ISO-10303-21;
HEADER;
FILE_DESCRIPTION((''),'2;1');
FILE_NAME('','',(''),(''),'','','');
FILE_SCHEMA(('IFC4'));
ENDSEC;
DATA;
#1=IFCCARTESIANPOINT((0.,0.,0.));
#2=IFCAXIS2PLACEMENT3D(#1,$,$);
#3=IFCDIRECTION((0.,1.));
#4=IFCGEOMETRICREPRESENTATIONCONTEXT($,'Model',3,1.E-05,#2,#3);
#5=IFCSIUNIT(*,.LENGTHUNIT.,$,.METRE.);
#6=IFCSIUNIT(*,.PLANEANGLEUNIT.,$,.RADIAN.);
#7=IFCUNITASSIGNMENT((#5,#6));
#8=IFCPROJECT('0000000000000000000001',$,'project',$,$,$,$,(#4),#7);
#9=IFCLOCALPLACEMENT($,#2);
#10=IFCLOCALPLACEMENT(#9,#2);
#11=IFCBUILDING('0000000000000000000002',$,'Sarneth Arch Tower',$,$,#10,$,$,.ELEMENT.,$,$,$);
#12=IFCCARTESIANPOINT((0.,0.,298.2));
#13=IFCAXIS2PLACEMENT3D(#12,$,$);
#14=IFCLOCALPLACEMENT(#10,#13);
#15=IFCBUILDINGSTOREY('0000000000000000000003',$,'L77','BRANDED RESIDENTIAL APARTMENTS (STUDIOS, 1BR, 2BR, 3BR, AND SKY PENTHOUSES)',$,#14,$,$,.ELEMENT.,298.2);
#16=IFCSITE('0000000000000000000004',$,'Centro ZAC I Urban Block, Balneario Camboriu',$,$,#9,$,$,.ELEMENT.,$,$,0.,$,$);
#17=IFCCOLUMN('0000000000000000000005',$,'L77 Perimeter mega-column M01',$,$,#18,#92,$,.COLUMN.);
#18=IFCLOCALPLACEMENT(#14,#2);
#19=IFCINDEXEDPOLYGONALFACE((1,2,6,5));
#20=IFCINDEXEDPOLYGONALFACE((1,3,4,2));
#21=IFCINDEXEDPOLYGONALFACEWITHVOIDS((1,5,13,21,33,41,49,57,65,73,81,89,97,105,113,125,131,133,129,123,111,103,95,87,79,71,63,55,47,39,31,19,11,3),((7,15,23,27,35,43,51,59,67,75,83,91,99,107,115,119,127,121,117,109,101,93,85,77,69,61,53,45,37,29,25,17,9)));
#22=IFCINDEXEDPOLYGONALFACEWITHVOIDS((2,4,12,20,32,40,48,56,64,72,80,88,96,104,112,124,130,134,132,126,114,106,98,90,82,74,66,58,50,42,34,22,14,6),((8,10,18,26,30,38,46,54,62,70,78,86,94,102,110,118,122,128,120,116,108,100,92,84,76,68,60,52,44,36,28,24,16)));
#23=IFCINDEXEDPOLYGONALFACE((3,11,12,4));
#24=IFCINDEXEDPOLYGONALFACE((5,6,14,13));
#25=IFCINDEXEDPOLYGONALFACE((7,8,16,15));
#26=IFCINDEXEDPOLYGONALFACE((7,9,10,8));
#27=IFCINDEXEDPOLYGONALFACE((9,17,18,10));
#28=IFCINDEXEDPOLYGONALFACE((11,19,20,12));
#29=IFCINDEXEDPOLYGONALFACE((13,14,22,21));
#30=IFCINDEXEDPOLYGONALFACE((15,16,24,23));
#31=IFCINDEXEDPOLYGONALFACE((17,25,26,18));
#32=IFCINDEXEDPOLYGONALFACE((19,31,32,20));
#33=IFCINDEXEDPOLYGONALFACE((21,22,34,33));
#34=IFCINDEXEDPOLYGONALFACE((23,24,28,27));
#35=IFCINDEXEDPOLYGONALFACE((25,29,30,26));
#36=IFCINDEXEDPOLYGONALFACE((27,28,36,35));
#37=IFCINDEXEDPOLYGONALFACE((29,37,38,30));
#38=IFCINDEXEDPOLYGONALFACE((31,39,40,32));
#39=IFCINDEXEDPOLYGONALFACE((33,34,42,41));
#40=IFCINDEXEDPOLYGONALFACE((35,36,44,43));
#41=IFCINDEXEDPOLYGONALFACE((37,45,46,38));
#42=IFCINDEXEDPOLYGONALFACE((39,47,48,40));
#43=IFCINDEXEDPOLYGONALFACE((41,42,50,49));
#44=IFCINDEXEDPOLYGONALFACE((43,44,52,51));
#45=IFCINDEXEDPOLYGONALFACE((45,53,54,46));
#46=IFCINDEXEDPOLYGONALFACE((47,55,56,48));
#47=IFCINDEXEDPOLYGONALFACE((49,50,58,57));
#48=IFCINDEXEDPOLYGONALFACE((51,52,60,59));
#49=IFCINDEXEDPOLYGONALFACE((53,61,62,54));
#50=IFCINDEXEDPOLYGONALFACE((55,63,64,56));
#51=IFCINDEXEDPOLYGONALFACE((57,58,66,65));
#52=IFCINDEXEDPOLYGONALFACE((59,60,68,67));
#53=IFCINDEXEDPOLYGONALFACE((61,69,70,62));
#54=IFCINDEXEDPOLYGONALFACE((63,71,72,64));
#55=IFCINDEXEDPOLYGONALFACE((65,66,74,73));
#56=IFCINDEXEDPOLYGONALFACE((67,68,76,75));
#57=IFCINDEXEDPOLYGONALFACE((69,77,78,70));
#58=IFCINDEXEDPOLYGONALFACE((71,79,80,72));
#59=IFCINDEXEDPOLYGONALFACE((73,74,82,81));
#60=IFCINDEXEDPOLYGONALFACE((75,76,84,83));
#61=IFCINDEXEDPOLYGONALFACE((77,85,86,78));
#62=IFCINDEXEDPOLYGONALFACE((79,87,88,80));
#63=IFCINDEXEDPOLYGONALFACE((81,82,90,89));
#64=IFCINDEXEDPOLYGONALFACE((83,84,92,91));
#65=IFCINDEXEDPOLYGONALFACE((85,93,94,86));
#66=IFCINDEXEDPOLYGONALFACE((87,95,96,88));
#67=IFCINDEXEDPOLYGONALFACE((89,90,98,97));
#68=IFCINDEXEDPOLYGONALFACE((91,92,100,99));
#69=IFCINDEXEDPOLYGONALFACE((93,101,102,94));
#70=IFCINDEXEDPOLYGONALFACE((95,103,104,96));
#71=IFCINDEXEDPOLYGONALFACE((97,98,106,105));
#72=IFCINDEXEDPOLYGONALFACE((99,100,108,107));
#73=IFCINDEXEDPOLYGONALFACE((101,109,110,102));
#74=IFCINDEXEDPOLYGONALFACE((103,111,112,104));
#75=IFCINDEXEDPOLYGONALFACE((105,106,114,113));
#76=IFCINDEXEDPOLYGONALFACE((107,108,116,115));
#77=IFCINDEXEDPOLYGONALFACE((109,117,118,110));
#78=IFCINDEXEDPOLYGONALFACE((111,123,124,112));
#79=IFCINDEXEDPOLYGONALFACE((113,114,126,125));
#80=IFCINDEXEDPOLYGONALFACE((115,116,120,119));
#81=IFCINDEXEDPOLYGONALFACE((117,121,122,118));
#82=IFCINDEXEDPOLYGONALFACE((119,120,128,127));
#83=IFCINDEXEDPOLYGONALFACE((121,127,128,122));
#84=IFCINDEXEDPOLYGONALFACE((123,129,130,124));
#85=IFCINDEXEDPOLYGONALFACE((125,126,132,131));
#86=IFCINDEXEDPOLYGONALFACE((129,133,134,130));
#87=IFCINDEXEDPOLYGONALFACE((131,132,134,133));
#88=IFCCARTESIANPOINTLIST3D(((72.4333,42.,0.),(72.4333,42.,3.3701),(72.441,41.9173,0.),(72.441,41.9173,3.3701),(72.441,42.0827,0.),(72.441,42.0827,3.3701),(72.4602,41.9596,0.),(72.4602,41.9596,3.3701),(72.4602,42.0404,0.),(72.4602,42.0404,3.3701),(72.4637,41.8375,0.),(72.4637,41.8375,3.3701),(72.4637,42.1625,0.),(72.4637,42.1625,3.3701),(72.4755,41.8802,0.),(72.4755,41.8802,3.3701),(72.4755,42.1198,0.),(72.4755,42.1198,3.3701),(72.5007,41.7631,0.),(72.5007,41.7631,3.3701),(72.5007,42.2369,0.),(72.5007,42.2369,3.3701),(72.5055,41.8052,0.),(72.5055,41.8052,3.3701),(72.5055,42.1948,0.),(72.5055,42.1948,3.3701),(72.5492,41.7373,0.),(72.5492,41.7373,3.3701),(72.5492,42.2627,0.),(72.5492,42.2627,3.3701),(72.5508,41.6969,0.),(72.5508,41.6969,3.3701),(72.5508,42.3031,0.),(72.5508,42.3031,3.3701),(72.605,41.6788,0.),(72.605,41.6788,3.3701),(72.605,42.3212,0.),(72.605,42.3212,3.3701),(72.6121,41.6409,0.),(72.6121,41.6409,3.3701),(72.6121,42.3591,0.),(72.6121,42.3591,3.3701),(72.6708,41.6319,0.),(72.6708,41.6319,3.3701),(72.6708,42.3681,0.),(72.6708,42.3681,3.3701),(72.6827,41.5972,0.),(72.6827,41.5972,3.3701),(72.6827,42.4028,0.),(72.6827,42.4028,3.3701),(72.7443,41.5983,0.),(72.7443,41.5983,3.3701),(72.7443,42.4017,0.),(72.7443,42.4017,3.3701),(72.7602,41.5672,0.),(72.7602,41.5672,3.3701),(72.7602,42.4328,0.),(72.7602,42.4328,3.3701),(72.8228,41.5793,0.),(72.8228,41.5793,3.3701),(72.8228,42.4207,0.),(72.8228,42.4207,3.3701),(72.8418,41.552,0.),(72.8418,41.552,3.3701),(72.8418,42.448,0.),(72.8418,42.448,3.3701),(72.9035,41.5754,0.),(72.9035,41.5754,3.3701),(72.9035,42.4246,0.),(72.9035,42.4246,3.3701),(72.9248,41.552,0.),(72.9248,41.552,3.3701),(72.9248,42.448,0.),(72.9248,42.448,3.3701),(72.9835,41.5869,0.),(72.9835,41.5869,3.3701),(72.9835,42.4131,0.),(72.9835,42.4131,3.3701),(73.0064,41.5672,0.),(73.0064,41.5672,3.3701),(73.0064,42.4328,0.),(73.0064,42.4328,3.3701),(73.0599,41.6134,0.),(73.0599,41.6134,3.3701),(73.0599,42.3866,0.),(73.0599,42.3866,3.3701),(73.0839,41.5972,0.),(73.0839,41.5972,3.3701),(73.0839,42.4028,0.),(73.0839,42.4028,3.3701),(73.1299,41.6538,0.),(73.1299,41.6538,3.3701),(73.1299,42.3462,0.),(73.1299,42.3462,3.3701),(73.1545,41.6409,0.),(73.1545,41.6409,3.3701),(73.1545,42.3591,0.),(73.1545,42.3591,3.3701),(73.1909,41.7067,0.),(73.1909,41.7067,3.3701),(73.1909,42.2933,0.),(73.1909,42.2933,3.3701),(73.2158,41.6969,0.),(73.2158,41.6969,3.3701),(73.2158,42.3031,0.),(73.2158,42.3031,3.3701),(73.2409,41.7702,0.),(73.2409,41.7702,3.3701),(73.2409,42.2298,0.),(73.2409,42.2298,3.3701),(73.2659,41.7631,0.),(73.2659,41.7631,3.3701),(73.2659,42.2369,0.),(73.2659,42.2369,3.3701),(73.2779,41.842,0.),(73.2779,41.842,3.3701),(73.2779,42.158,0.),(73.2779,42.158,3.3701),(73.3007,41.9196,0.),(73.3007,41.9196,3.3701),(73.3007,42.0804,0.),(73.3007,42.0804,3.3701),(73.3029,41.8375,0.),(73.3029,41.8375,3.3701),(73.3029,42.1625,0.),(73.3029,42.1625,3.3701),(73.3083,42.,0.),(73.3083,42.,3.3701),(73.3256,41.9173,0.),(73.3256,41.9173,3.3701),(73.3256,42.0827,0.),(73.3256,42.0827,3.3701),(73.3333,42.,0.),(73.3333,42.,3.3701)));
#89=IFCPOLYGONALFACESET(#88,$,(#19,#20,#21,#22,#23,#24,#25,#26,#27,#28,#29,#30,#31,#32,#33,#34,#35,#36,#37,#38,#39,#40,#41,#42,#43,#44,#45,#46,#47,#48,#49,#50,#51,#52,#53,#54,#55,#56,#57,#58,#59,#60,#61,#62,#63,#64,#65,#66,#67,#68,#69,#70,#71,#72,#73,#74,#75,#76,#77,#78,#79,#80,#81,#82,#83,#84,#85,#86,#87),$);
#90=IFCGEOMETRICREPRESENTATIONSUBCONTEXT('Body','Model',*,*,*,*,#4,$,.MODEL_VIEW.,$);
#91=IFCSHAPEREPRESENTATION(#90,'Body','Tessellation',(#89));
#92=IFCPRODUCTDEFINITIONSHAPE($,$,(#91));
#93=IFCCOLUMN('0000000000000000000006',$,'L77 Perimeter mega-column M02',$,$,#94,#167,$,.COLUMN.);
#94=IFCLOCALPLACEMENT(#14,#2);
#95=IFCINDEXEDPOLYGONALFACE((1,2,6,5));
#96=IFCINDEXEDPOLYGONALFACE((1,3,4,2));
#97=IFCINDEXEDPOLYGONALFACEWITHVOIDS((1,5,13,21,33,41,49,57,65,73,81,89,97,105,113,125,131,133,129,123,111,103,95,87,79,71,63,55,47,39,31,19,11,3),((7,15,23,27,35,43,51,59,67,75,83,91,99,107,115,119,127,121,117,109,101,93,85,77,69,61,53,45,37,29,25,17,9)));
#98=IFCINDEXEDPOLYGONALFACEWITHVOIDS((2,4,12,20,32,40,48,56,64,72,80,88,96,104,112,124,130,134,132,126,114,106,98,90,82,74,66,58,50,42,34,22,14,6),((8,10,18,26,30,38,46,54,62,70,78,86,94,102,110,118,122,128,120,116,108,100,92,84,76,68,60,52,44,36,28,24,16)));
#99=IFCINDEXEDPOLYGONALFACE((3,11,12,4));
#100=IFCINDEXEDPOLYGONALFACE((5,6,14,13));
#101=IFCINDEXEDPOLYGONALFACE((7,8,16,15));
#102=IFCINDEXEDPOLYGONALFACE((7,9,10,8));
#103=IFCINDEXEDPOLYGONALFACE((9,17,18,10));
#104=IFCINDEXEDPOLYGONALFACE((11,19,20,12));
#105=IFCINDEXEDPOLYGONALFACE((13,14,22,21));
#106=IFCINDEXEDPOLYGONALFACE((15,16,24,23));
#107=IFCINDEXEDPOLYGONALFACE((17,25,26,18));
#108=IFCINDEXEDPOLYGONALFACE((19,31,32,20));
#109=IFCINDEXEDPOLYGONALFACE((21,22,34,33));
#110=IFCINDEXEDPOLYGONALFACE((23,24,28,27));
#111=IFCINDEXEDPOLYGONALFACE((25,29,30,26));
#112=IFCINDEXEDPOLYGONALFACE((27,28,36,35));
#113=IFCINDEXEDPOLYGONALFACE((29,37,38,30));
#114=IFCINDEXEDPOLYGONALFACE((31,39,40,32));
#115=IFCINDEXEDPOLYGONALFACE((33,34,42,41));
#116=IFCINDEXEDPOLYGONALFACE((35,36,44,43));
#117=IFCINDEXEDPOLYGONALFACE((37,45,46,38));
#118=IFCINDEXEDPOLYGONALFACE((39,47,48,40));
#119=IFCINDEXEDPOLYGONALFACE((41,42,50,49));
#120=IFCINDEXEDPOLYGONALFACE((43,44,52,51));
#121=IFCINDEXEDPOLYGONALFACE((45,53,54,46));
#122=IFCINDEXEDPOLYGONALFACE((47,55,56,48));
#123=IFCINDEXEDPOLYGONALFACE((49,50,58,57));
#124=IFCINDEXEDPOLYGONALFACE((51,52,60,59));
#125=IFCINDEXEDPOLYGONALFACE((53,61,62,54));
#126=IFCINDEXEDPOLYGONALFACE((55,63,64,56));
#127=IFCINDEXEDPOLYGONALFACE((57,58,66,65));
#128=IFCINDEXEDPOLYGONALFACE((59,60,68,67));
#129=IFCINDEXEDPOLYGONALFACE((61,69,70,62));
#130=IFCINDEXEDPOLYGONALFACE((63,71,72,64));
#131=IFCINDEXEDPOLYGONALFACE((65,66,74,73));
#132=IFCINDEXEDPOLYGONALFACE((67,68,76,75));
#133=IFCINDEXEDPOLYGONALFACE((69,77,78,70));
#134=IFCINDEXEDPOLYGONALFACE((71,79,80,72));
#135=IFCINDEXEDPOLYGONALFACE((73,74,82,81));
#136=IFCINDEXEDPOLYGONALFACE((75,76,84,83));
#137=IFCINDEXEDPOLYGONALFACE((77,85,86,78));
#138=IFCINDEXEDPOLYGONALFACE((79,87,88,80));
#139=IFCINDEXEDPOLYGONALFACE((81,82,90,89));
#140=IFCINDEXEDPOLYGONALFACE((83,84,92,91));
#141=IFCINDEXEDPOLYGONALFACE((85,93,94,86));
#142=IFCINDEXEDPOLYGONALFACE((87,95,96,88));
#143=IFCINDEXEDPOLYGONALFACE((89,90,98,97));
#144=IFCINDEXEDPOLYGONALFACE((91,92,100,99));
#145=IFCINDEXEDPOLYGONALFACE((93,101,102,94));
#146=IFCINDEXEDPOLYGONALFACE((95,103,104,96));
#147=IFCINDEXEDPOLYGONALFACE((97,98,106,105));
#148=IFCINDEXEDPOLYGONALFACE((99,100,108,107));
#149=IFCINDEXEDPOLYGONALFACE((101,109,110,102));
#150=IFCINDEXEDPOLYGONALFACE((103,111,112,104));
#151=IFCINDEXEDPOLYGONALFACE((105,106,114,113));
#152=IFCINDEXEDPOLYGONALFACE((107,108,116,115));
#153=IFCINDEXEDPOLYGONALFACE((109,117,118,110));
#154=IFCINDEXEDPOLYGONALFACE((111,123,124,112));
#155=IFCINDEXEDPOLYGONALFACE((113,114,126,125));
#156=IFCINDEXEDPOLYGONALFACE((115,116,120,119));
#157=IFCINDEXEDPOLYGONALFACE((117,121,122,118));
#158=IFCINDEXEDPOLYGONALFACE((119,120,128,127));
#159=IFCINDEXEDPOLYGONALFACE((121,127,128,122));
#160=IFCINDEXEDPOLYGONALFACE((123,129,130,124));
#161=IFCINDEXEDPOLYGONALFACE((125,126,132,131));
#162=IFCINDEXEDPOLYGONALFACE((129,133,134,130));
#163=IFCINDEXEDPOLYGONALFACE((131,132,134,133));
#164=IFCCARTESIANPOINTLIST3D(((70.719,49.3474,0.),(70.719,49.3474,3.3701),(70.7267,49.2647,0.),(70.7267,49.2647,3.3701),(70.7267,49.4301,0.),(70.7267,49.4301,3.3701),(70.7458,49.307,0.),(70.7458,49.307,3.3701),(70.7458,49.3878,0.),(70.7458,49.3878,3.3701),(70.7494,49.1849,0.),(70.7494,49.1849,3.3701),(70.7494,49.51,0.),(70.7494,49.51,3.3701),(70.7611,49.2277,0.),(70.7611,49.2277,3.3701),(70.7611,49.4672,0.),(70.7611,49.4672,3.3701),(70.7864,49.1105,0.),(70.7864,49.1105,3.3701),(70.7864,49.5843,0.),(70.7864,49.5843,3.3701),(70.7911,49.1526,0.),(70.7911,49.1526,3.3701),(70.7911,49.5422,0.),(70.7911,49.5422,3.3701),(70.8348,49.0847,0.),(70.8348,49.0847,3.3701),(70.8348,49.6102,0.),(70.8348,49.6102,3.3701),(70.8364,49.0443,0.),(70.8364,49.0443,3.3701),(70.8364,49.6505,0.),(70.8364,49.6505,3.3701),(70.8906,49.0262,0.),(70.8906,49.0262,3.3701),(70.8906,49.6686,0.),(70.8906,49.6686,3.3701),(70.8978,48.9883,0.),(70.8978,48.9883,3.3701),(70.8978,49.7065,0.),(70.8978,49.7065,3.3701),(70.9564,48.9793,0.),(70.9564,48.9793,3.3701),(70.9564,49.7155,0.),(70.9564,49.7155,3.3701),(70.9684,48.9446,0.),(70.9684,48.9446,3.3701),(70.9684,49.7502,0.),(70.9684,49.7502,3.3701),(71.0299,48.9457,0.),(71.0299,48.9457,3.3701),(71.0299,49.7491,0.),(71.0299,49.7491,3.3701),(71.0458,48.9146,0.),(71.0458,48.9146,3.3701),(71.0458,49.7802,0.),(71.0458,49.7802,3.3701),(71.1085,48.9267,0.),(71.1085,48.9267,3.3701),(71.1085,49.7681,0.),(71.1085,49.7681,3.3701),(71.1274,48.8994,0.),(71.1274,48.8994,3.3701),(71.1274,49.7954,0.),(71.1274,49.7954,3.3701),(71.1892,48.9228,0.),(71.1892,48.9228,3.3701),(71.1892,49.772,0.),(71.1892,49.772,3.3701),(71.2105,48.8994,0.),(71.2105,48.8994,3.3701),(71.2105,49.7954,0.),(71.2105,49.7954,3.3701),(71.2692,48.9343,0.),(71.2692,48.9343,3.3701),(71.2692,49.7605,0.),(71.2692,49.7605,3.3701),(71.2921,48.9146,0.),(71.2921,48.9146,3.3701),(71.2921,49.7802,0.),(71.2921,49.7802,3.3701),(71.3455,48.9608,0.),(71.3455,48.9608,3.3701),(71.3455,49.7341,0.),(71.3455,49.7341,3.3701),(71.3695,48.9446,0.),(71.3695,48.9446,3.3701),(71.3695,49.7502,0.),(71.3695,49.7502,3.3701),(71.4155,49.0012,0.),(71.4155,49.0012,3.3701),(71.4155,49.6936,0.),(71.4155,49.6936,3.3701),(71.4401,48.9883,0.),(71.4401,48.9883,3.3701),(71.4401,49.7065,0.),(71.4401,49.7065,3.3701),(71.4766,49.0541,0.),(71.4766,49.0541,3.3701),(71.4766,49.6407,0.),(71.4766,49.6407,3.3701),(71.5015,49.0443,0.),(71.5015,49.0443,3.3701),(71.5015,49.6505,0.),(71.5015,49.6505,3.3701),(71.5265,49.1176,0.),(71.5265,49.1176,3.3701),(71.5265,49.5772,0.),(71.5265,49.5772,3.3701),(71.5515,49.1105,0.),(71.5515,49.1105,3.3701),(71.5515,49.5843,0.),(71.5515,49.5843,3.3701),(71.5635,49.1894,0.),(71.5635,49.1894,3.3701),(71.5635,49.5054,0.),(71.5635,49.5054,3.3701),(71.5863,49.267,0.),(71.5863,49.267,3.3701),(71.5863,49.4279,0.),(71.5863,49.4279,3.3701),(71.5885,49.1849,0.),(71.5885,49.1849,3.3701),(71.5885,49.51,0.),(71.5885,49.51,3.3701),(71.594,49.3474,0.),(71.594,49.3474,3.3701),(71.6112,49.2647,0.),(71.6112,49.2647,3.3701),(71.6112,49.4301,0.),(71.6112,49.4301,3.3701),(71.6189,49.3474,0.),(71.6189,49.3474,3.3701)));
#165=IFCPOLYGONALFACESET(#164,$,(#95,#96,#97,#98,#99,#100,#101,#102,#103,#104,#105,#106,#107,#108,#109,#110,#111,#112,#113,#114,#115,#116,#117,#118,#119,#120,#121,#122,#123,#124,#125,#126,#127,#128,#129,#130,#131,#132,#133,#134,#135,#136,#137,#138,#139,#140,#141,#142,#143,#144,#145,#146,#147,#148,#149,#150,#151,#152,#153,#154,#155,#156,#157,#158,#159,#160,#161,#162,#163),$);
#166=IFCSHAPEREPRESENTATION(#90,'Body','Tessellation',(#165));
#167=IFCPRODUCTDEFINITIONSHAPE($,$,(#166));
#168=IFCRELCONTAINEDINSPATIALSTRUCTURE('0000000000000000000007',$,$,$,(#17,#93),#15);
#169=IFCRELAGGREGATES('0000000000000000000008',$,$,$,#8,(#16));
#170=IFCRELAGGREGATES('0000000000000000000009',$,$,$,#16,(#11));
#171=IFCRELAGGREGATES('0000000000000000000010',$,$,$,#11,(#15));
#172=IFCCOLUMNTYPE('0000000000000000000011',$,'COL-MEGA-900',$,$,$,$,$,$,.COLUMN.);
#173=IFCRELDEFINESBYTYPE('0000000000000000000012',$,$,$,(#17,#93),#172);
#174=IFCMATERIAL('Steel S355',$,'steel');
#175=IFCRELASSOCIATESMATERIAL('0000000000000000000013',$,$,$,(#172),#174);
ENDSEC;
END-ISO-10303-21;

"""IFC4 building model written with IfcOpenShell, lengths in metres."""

from ifc_helpers import new_model, si_unit, direction, frame, origin, origin_2d, place, context, subcontext, project, spatial, hollow_circle, extrude, material, material_profile, profile_set, type_object, element, save


model = new_model("IFC4")

# Units and contexts
model_context = context("Model", 3, precision=1e-05, world=origin(), true_north=direction((0.0, 1.0)))
body_context = subcontext(model_context, "Body", "Model", "MODEL_VIEW")
ifc_project = project(units=[si_unit("LENGTHUNIT", "METRE"), si_unit("PLANEANGLEUNIT", "RADIAN")], contexts=[model_context])

# Site, building, storey
site_placement = place(None, origin())
site = spatial("IfcSite", under=ifc_project, at=site_placement, Name="Centro ZAC I Urban Block, Balneario Camboriu", CompositionType="ELEMENT", RefElevation=0.0)
building_placement = place(site_placement, origin())
building = spatial("IfcBuilding", under=site, at=building_placement, Name="Sarneth Arch Tower", CompositionType="ELEMENT")
storey_placement = place(building_placement, frame((0.0, 0.0, 298.2)))
storey = spatial("IfcBuildingStorey", under=building, at=storey_placement, Name="L77", Description="BRANDED RESIDENTIAL APARTMENTS (STUDIOS, 1BR, 2BR, 3BR, AND SKY PENTHOUSES)", CompositionType="ELEMENT", Elevation=298.2)

# Columns
ifc_material_1 = material(Name="Steel S355", Category="steel")
ifc_material_profile_1 = material_profile(ifc_material_1, hollow_circle(Radius=0.45, WallThickness=0.0249, at=origin_2d()), Name="CHS900x25")
ifc_profile_set_1 = profile_set([ifc_material_profile_1], Name="Steel S355")
column_type = type_object("IfcColumnType", Name="COL-MEGA-900", PredefinedType="COLUMN", material=ifc_profile_set_1)
for number, where, z_axis, x_axis, name in (
    (1, (72.8833, 42.0, 0.0), (0.0, 0.0, 1.0), (1.0, 0.0, 0.0), "L77 Perimeter mega-column M01"),
    (2, (71.1689, 49.3474, 0.0), (0.0, 0.0, 1.0), (1.0, 0.0, 0.0), "L77 Perimeter mega-column M02"),
):
    element("IfcColumn", number, at=place(storey_placement, frame(where, z_axis=z_axis, x_axis=x_axis)), inside=storey, type_object=column_type, Name=name, PredefinedType="COLUMN", context=body_context, shape_type="SweptSolid", body=[
        extrude(hollow_circle(Radius=0.45, WallThickness=0.0249, at=origin_2d()), origin(), (0.0, 0.0, 1.0), 3.3701),
    ])

save(model, "model.ifc")
